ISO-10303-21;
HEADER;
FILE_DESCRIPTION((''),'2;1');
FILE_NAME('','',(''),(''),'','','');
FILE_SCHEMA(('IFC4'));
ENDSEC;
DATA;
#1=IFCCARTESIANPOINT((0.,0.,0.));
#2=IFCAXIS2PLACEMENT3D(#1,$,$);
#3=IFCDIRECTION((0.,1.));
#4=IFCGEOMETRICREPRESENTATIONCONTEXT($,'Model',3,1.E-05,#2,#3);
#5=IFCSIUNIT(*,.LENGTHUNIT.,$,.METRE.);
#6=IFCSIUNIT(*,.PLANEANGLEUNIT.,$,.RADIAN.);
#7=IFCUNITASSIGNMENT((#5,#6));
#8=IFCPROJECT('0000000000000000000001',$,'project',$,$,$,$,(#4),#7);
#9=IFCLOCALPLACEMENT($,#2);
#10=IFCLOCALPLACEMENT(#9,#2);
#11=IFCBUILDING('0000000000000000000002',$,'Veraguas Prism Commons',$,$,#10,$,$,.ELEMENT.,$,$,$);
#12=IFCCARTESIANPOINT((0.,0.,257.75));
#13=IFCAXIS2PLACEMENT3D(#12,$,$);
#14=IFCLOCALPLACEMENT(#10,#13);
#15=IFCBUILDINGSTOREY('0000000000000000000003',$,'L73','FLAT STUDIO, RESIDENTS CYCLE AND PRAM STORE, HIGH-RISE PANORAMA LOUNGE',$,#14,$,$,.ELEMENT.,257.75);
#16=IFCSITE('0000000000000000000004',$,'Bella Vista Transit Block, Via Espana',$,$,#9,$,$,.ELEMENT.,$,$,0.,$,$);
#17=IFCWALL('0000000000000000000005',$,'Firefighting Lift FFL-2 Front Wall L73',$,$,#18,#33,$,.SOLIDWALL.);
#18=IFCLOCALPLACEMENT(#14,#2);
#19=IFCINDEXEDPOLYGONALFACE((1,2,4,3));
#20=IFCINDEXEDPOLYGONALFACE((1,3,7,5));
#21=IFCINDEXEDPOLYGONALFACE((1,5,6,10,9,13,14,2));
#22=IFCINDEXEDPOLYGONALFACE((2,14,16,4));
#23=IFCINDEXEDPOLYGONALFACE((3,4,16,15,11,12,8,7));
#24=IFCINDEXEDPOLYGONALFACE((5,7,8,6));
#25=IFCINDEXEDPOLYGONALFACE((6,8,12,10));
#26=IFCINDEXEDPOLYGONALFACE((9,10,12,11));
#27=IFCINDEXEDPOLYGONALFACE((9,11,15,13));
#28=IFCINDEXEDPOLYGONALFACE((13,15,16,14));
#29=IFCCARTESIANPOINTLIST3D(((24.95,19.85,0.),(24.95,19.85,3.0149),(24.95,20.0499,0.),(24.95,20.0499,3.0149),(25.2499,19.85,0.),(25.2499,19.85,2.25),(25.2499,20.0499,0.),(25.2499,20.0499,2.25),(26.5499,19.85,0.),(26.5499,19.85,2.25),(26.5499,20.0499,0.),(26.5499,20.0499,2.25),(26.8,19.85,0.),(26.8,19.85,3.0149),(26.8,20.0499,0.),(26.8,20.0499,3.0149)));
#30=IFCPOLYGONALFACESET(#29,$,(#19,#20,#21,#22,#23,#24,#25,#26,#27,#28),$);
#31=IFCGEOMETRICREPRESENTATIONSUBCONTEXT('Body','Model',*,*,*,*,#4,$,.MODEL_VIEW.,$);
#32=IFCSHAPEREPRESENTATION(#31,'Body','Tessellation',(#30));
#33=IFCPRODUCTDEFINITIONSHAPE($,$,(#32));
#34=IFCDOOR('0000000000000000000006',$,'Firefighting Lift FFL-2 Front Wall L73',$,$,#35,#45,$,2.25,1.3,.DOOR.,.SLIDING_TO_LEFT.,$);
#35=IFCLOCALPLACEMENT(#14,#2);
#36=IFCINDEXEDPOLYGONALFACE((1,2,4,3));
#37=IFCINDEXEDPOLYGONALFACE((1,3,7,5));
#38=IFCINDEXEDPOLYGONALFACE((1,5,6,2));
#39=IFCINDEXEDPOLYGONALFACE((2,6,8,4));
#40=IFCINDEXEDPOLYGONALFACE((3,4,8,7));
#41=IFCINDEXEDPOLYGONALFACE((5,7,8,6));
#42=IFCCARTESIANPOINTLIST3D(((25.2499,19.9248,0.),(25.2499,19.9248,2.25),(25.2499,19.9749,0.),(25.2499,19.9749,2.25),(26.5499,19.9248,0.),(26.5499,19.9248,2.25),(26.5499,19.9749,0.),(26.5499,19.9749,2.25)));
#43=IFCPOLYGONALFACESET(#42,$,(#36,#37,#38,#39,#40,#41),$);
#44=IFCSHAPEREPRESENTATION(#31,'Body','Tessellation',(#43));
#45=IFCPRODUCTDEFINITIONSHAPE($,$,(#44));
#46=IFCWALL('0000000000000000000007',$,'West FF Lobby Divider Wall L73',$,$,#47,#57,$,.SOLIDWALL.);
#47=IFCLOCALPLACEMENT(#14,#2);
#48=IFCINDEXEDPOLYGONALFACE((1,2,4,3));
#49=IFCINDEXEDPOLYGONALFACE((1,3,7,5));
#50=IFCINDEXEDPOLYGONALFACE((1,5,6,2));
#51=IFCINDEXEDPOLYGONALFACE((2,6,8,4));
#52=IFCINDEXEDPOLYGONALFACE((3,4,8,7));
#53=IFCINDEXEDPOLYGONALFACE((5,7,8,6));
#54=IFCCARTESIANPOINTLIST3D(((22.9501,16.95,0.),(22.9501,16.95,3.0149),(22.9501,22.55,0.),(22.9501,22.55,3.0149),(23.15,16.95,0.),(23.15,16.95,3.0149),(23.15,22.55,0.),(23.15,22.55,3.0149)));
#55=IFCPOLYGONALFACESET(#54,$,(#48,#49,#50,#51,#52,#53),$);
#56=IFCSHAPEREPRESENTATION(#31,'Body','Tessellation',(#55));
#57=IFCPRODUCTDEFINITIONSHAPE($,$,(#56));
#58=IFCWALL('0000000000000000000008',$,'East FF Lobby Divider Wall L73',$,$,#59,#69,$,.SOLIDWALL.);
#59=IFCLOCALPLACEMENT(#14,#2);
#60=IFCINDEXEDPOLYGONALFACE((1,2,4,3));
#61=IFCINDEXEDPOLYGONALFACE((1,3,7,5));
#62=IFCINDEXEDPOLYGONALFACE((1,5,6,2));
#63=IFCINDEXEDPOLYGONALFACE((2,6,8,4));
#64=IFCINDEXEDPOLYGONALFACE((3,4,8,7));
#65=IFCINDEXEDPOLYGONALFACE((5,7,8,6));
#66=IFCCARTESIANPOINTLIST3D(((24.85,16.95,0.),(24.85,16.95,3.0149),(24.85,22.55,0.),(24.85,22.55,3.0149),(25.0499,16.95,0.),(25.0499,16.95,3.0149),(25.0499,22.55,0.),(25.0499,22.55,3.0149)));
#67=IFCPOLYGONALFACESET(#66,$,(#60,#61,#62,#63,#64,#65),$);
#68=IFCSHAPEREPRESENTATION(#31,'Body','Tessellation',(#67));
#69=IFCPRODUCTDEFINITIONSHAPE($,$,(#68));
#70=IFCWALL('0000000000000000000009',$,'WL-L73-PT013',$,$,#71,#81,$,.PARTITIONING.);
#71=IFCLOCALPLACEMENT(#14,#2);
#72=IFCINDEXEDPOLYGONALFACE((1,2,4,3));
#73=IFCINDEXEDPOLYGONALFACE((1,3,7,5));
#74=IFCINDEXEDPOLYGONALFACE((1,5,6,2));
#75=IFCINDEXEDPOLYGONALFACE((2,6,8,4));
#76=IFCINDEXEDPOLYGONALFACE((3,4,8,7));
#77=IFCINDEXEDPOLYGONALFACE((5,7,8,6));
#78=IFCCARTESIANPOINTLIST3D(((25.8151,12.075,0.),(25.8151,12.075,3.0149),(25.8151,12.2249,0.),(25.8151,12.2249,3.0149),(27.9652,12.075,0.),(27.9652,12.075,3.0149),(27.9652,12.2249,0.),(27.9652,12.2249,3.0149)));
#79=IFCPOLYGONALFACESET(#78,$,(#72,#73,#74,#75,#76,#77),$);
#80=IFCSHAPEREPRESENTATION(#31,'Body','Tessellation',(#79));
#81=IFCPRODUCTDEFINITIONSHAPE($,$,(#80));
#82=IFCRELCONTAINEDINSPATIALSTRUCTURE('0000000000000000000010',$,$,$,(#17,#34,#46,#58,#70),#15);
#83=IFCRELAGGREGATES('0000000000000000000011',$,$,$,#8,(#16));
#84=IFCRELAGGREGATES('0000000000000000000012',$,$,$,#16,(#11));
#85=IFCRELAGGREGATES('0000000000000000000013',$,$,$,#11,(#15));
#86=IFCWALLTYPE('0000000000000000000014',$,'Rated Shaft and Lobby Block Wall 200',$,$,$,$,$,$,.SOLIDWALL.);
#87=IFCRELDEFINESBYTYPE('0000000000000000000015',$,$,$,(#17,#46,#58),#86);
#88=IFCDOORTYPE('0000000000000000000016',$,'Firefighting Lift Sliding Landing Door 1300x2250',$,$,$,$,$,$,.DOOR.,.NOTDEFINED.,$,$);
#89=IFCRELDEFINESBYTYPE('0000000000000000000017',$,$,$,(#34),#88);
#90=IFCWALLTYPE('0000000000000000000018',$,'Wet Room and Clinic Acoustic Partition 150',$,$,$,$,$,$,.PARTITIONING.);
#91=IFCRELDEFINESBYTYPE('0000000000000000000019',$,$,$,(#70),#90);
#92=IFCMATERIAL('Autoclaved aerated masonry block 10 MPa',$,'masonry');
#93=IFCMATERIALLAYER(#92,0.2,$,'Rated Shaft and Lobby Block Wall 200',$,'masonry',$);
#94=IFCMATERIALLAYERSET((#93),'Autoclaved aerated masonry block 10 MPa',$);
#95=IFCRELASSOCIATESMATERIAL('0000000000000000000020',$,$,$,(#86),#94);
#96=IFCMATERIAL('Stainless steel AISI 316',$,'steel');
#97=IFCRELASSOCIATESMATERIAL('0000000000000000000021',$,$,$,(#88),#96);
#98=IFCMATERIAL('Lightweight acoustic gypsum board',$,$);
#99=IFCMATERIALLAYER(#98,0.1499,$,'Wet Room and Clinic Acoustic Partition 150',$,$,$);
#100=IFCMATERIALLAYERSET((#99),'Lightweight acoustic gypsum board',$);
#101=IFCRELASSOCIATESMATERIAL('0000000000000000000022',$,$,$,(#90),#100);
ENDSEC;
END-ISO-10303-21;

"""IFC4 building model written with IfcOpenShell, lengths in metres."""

from ifc_helpers import new_model, si_unit, direction, frame, frame_2d, origin, place, context, subcontext, project, spatial, rectangle, extrude, source, transform, mapped, material, layer, layer_set, type_object, element, fill, save


model = new_model("IFC4")

# Units and contexts
model_context = context("Model", 3, precision=1e-05, world=origin(), true_north=direction((0.0, 1.0)))
body_context = subcontext(model_context, "Body", "Model", "MODEL_VIEW")
ifc_project = project(units=[si_unit("LENGTHUNIT", "METRE"), si_unit("PLANEANGLEUNIT", "RADIAN")], contexts=[model_context])

# Site, building, storey
site_placement = place(None, origin())
site = spatial("IfcSite", under=ifc_project, at=site_placement, Name="Bella Vista Transit Block, Via Espana", CompositionType="ELEMENT", RefElevation=0.0)
building_placement = place(site_placement, origin())
building = spatial("IfcBuilding", under=site, at=building_placement, Name="Veraguas Prism Commons", CompositionType="ELEMENT")
storey_placement = place(building_placement, frame((0.0, 0.0, 257.75)))
storey = spatial("IfcBuildingStorey", under=building, at=storey_placement, Name="L73", Description="FLAT STUDIO, RESIDENTS CYCLE AND PRAM STORE, HIGH-RISE PANORAMA LOUNGE", CompositionType="ELEMENT", Elevation=257.75)

# Shared definitions
ifc_material_1 = material(Name="Autoclaved aerated masonry block 10 MPa", Category="masonry")

# Wall, opening, door
ifc_material_2 = material(Name="Lightweight acoustic gypsum board")
ifc_layer_1 = layer(ifc_material_1, 0.2, Name="Rated Shaft and Lobby Block Wall 200", Category="masonry")
ifc_layer_set_1 = layer_set([ifc_layer_1], Name="Autoclaved aerated masonry block 10 MPa")
wall_type_1 = type_object("IfcWallType", Name="Rated Shaft and Lobby Block Wall 200", PredefinedType="SOLIDWALL", material=ifc_layer_set_1)
ifc_material_3 = material(Name="Stainless steel AISI 316", Category="steel")
door_type_1 = type_object("IfcDoorType", Name="Firefighting Lift Sliding Landing Door 1300x2250", OperationType="NOTDEFINED", PredefinedType="DOOR", material=ifc_material_3)
shared_shape_1 = source(origin(), body_context, "Body", "SweptSolid", [
    extrude(rectangle(XDim=1.3, YDim=2.25, at=frame_2d((0.6499, 1.125))), frame((0.0, 0.0249, 0.0), z_axis=(0.0, -1.0, 0.0), x_axis=(1.0, 0.0, 0.0)), (0.0, 0.0, 1.0), 0.05),
])
wall_1_placement = place(storey_placement, frame((24.95, 19.95, 0.0), z_axis=(0.0, 0.0, 1.0), x_axis=(1.0, 0.0, 0.0)))
wall_1 = element("IfcWall", 1, at=wall_1_placement, inside=storey, type_object=wall_type_1, Name="Firefighting Lift FFL-2 Front Wall L73", PredefinedType="SOLIDWALL", context=body_context, shape_type="SweptSolid", body=[
    extrude(rectangle(XDim=1.8501, YDim=0.2, at=frame_2d((0.925, 0.0))), origin(), (0.0, 0.0, 1.0), 3.0149),
])
opening_1_placement = place(wall_1_placement, frame((0.3, 0.0, 0.0)))
opening_1 = element("IfcOpeningElement", 2, at=opening_1_placement, cuts=wall_1, PredefinedType="OPENING", context=body_context, shape_type="SweptSolid", body=[
    extrude(rectangle(XDim=1.3, YDim=2.25, at=frame_2d((0.6499, 1.125))), frame((0.0, 0.1099, 0.0), z_axis=(0.0, -1.0, 0.0), x_axis=(1.0, 0.0, 0.0)), (0.0, 0.0, 1.0), 0.22),
])
door_1_placement = place(opening_1_placement, origin())
door_1 = element("IfcDoor", 3, at=door_1_placement, inside=storey, type_object=door_type_1, Name="Firefighting Lift FFL-2 Front Wall L73", OperationType="SLIDING_TO_LEFT", OverallHeight=2.25, OverallWidth=1.3, PredefinedType="DOOR", context=body_context, shape_type="MappedRepresentation", body=[
    mapped(shared_shape_1, transform((0.0, 0.0, 0.0), scale=1.0)),
])
fill(opening_1, door_1)

# Walls
for number, where, z_axis, x_axis, name in (
    (4, (23.05, 16.95, 0.0), (0.0, 0.0, 1.0), (0.0, 1.0, 0.0), "West FF Lobby Divider Wall L73"),
    (5, (24.95, 16.95, 0.0), (0.0, 0.0, 1.0), (0.0, 1.0, 0.0), "East FF Lobby Divider Wall L73"),
):
    element("IfcWall", number, at=place(storey_placement, frame(where, z_axis=z_axis, x_axis=x_axis)), inside=storey, type_object=wall_type_1, Name=name, PredefinedType="SOLIDWALL", context=body_context, shape_type="SweptSolid", body=[
        extrude(rectangle(XDim=5.6001, YDim=0.2, at=frame_2d((2.8, 0.0))), origin(), (0.0, 0.0, 1.0), 3.0149),
    ])
ifc_layer_2 = layer(ifc_material_2, 0.1499, Name="Wet Room and Clinic Acoustic Partition 150")
ifc_layer_set_2 = layer_set([ifc_layer_2], Name="Lightweight acoustic gypsum board")
wall_type_2 = type_object("IfcWallType", Name="Wet Room and Clinic Acoustic Partition 150", PredefinedType="PARTITIONING", material=ifc_layer_set_2)
wall_2_placement = place(storey_placement, frame((25.8149, 12.1499, 0.0), z_axis=(0.0, 0.0, 1.0), x_axis=(1.0, 0.0, 0.0)))
element("IfcWall", 6, at=wall_2_placement, inside=storey, type_object=wall_type_2, Name="WL-L73-PT013", PredefinedType="PARTITIONING", context=body_context, shape_type="SweptSolid", body=[
    extrude(rectangle(XDim=2.1501, YDim=0.1499, at=frame_2d((1.0752, 0.0))), origin(), (0.0, 0.0, 1.0), 3.0149),
])

save(model, "model.ifc")
